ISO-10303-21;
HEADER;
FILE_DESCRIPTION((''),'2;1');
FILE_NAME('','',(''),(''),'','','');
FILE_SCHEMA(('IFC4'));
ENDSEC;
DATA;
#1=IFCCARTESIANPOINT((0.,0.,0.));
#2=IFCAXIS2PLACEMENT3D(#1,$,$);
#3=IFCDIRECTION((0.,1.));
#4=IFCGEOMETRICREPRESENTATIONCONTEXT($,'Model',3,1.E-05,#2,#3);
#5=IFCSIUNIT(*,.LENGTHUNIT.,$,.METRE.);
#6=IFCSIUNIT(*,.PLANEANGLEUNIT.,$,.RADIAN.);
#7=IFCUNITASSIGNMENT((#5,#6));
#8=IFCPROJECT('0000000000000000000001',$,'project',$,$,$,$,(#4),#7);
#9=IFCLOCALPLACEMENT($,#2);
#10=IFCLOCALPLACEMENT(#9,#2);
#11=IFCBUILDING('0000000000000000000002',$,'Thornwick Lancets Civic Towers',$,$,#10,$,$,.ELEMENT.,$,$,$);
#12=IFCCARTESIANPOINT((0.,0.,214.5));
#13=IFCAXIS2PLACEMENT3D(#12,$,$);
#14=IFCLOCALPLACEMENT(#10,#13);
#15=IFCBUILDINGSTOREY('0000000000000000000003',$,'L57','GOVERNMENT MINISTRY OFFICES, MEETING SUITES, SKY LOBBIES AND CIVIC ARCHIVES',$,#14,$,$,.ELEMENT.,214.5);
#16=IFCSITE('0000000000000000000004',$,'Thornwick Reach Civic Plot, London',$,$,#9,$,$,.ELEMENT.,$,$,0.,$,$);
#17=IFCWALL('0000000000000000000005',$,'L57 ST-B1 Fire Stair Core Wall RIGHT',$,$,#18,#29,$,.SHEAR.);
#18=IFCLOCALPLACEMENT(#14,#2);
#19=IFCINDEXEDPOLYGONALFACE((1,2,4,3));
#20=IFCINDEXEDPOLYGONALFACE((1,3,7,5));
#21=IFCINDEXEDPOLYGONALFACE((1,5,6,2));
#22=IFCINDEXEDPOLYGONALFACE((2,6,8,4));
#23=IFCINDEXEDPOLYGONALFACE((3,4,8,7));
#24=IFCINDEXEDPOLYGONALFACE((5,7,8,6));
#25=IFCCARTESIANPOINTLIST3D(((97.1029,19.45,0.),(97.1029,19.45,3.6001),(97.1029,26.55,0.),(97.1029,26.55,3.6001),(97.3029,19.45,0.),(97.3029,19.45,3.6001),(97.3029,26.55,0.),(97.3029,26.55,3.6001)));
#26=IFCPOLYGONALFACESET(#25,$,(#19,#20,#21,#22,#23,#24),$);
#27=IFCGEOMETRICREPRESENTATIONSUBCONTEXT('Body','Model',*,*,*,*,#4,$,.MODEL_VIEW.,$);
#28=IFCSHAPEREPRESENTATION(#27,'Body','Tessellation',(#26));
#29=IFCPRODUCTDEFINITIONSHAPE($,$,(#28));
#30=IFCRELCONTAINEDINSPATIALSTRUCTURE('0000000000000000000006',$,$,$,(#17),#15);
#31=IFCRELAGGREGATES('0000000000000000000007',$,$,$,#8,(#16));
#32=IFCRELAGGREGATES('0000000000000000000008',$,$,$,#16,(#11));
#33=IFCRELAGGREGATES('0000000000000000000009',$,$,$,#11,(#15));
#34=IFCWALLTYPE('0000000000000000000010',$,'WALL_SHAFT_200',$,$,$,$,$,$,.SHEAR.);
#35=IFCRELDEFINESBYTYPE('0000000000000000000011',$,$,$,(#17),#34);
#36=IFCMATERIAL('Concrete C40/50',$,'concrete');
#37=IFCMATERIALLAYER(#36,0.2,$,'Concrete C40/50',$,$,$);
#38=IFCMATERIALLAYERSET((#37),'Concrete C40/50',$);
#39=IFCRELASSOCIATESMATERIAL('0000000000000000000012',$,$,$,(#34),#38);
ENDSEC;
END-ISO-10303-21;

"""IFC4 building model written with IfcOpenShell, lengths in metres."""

from ifc_helpers import new_model, si_unit, direction, frame, frame_2d, origin, place, context, subcontext, project, spatial, rectangle, extrude, material, layer, layer_set, type_object, element, save


model = new_model("IFC4")

# Units and contexts
model_context = context("Model", 3, precision=1e-05, world=origin(), true_north=direction((0.0, 1.0)))
body_context = subcontext(model_context, "Body", "Model", "MODEL_VIEW")
ifc_project = project(units=[si_unit("LENGTHUNIT", "METRE"), si_unit("PLANEANGLEUNIT", "RADIAN")], contexts=[model_context])

# Site, building, storey
site_placement = place(None, origin())
site = spatial("IfcSite", under=ifc_project, at=site_placement, Name="Thornwick Reach Civic Plot, London", CompositionType="ELEMENT", RefElevation=0.0)
building_placement = place(site_placement, origin())
building = spatial("IfcBuilding", under=site, at=building_placement, Name="Thornwick Lancets Civic Towers", CompositionType="ELEMENT")
storey_placement = place(building_placement, frame((0.0, 0.0, 214.5)))
storey = spatial("IfcBuildingStorey", under=building, at=storey_placement, Name="L57", Description="GOVERNMENT MINISTRY OFFICES, MEETING SUITES, SKY LOBBIES AND CIVIC ARCHIVES", CompositionType="ELEMENT", Elevation=214.5)

# Wall
ifc_material_1 = material(Name="Concrete C40/50", Category="concrete")
ifc_layer_1 = layer(ifc_material_1, 0.2, Name="Concrete C40/50")
ifc_layer_set_1 = layer_set([ifc_layer_1], Name="Concrete C40/50")
wall_type_1 = type_object("IfcWallType", Name="WALL_SHAFT_200", PredefinedType="SHEAR", material=ifc_layer_set_1)
wall_1_placement = place(storey_placement, frame((97.2029, 26.55, 0.0), z_axis=(0.0, 0.0, 1.0), x_axis=(0.0, -1.0, 0.0)))
element("IfcWall", 1, at=wall_1_placement, inside=storey, type_object=wall_type_1, Name="L57 ST-B1 Fire Stair Core Wall RIGHT", PredefinedType="SHEAR", context=body_context, shape_type="SweptSolid", body=[
    extrude(rectangle(XDim=7.1001, YDim=0.2, at=frame_2d((3.55, 0.0))), origin(), (0.0, 0.0, 1.0), 3.6001),
])

save(model, "model.ifc")
